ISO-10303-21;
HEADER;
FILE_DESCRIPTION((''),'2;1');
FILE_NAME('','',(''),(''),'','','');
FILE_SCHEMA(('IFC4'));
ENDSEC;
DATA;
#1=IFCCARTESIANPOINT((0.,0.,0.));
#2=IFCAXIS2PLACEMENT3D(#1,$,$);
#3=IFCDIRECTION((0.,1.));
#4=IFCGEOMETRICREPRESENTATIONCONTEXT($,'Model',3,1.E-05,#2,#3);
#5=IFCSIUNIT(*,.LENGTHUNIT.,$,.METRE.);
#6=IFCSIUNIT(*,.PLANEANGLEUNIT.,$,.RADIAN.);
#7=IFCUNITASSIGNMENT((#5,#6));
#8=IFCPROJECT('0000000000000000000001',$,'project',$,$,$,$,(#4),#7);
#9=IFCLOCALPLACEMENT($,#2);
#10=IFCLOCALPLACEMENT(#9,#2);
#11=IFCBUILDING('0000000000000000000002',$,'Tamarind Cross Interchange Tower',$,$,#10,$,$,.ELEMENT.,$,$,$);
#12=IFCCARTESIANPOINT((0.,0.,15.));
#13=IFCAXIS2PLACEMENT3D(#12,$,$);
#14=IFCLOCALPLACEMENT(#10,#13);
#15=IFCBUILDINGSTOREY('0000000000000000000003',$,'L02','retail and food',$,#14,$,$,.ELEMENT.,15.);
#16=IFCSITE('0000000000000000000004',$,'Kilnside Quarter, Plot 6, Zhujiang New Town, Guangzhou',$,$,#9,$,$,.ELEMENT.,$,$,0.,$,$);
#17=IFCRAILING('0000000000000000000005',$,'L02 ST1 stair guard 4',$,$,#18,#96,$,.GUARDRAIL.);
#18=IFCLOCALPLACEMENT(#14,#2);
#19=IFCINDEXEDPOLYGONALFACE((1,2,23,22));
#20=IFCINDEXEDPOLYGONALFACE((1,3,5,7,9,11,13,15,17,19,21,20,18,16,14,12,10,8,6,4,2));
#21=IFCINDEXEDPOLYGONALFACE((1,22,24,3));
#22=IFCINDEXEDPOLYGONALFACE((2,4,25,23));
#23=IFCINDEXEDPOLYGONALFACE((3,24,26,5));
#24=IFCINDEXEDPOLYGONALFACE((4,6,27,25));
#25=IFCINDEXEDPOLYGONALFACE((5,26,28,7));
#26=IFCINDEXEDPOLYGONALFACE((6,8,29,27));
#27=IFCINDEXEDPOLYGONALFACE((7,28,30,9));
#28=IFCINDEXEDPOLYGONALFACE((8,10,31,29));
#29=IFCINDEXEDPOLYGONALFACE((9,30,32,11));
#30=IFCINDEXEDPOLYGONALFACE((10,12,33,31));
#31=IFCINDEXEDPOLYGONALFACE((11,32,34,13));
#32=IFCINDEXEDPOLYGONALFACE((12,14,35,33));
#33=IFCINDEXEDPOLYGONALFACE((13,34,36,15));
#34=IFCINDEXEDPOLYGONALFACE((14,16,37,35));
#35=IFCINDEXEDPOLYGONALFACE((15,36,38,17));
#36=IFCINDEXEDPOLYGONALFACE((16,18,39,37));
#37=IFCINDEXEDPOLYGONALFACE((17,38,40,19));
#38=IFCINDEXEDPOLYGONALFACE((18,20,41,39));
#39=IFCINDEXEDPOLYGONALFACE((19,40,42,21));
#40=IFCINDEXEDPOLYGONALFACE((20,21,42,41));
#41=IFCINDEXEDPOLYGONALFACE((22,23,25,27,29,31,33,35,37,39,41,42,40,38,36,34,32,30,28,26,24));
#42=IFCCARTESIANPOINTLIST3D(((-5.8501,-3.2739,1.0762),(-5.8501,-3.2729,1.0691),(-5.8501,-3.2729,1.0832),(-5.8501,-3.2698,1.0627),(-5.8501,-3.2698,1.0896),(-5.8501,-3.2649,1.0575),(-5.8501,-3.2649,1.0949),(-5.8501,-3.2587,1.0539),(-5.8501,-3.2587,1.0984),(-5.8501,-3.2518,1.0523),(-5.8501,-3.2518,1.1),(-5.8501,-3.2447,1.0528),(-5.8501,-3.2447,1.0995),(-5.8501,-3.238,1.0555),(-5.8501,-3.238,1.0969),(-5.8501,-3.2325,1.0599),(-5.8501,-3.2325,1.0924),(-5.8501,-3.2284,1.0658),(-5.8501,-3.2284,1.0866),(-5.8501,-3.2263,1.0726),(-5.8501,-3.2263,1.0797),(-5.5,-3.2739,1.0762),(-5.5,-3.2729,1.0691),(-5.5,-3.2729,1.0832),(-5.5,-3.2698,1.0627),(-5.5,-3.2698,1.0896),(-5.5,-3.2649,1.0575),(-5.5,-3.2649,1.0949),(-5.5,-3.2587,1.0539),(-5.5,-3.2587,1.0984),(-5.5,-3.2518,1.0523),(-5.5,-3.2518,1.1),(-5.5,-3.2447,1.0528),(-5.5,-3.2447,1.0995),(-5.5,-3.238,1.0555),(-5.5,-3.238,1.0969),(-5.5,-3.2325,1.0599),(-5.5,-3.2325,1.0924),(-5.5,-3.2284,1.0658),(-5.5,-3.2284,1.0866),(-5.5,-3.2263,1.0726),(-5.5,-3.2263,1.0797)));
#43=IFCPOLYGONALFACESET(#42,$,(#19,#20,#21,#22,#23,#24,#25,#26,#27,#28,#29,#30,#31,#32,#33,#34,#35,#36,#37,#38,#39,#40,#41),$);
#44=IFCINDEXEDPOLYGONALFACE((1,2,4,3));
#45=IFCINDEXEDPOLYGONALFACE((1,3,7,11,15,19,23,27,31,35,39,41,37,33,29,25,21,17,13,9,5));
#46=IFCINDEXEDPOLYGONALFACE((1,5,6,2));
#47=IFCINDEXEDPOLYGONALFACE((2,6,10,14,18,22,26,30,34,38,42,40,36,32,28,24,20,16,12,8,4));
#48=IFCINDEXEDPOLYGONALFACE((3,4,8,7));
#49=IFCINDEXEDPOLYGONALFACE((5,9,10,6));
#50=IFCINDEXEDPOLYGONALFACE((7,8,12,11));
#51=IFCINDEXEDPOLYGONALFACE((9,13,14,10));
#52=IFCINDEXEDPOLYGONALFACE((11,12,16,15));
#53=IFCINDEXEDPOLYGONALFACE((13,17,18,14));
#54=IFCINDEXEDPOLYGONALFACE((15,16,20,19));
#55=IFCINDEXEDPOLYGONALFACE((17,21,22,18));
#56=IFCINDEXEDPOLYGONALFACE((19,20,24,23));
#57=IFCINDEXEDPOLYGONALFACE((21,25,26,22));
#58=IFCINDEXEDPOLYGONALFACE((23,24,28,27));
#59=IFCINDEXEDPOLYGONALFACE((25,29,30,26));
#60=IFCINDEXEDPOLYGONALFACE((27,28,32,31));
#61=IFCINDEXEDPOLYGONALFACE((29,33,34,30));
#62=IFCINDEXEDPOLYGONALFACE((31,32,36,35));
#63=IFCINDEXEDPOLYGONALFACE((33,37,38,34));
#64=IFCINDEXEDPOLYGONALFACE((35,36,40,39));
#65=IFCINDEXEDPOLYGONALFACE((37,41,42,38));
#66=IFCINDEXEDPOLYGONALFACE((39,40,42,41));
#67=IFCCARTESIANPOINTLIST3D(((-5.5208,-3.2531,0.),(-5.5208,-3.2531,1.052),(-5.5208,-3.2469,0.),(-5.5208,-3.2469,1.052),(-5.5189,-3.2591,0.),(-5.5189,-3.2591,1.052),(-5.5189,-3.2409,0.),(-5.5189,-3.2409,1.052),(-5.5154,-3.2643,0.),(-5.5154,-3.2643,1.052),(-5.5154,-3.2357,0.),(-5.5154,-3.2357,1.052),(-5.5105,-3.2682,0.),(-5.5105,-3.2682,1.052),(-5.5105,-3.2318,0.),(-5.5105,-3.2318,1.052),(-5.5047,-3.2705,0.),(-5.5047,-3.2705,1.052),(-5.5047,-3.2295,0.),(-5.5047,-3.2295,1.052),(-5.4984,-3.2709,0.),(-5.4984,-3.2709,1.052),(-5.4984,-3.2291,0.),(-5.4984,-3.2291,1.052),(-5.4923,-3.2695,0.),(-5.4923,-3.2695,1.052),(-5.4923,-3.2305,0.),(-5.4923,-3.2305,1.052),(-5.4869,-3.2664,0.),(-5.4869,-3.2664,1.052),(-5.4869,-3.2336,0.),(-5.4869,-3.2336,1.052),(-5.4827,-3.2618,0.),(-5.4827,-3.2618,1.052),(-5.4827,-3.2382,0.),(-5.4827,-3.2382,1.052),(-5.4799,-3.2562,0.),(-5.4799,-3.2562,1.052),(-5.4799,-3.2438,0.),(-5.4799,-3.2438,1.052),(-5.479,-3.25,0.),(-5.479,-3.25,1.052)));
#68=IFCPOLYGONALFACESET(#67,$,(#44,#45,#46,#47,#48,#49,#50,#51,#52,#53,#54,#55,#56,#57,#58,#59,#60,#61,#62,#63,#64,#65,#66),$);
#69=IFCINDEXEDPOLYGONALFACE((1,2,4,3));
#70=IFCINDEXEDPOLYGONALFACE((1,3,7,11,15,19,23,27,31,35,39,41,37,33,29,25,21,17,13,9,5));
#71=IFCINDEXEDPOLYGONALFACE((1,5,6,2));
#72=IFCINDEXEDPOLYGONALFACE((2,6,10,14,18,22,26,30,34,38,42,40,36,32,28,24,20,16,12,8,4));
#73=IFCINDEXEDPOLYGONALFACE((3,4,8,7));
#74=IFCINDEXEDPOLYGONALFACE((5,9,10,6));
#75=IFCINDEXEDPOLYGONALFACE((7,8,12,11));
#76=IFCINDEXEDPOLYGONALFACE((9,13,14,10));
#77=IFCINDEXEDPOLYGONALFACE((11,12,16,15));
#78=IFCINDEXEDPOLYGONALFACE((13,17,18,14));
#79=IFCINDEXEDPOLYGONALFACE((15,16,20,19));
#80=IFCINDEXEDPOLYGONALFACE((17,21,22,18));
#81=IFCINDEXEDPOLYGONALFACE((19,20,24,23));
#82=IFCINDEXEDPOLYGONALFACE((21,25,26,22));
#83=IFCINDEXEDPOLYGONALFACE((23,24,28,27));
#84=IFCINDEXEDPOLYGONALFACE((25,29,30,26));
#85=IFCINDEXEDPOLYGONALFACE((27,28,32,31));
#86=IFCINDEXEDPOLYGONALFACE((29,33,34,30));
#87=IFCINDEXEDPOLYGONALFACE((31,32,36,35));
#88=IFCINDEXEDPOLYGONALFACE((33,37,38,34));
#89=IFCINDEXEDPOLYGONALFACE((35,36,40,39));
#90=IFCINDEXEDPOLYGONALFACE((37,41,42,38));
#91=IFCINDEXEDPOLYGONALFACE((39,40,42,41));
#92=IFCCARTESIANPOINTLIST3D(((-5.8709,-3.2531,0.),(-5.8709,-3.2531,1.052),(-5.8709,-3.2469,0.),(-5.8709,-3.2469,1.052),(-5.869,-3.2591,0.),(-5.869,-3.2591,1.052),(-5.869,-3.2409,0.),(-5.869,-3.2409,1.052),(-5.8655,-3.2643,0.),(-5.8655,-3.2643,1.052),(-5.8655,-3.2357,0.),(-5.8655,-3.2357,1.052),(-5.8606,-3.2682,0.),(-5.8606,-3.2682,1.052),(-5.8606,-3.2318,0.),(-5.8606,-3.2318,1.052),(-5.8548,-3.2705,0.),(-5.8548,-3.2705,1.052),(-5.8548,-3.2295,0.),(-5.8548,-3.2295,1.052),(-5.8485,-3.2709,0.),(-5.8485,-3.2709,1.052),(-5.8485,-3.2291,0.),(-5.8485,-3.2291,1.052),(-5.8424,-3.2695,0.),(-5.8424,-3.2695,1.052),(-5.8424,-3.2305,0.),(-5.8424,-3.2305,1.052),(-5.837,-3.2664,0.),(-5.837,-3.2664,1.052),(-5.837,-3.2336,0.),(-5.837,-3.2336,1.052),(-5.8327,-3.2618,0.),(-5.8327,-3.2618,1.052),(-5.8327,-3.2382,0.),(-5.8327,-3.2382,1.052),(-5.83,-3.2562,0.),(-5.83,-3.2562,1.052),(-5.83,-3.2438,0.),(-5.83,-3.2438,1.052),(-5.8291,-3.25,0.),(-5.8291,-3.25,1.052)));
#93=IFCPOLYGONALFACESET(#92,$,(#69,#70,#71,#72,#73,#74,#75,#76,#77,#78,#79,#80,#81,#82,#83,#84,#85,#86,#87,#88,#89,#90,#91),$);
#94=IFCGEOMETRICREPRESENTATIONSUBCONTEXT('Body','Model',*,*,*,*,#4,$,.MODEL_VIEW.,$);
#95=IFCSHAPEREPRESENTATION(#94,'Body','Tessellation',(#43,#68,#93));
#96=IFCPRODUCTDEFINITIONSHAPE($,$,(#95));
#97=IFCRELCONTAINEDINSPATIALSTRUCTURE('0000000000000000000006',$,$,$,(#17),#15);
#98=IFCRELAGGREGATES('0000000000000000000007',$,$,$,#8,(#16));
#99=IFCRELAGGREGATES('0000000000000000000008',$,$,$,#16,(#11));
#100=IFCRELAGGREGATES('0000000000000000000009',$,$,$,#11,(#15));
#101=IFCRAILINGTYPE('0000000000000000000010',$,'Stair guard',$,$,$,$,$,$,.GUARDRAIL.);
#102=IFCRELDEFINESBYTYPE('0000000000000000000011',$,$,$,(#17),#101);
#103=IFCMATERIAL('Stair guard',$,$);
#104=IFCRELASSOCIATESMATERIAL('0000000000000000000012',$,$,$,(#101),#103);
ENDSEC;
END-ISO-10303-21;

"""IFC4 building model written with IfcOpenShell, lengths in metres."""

from ifc_helpers import new_model, si_unit, direction, frame, origin, origin_2d, place, context, subcontext, project, spatial, circle, extrude, material, type_object, element, save


model = new_model("IFC4")

# Units and contexts
model_context = context("Model", 3, precision=1e-05, world=origin(), true_north=direction((0.0, 1.0)))
body_context = subcontext(model_context, "Body", "Model", "MODEL_VIEW")
ifc_project = project(units=[si_unit("LENGTHUNIT", "METRE"), si_unit("PLANEANGLEUNIT", "RADIAN")], contexts=[model_context])

# Site, building, storey
site_placement = place(None, origin())
site = spatial("IfcSite", under=ifc_project, at=site_placement, Name="Kilnside Quarter, Plot 6, Zhujiang New Town, Guangzhou", CompositionType="ELEMENT", RefElevation=0.0)
building_placement = place(site_placement, origin())
building = spatial("IfcBuilding", under=site, at=building_placement, Name="Tamarind Cross Interchange Tower", CompositionType="ELEMENT")
storey_placement = place(building_placement, frame((0.0, 0.0, 15.0)))
storey = spatial("IfcBuildingStorey", under=building, at=storey_placement, Name="L02", Description="retail and food", CompositionType="ELEMENT", Elevation=15.0)

# Railing
ifc_material_1 = material(Name="Stair guard")
railing_type_1 = type_object("IfcRailingType", Name="Stair guard", PredefinedType="GUARDRAIL", material=ifc_material_1)
railing_1_placement = place(storey_placement, frame((-5.5, -3.25, 0.0)))
element("IfcRailing", 1, at=railing_1_placement, inside=storey, type_object=railing_type_1, Name="L02 ST1 stair guard 4", PredefinedType="GUARDRAIL", context=body_context, shape_type="SweptSolid", body=[
    extrude(circle(Radius=0.0239, at=origin_2d()), frame((0.0, 0.0, 1.0762), z_axis=(-1.0, 0.0, 0.0), x_axis=(0.0, -1.0, 0.0)), (0.0, 0.0, 1.0), 0.3501),
    extrude(circle(Radius=0.021, at=origin_2d()), origin(), (0.0, 0.0, 1.0), 1.052),
    extrude(circle(Radius=0.021, at=origin_2d()), frame((-0.3501, 0.0, 0.0)), (0.0, 0.0, 1.0), 1.052),
])

save(model, "model.ifc")
